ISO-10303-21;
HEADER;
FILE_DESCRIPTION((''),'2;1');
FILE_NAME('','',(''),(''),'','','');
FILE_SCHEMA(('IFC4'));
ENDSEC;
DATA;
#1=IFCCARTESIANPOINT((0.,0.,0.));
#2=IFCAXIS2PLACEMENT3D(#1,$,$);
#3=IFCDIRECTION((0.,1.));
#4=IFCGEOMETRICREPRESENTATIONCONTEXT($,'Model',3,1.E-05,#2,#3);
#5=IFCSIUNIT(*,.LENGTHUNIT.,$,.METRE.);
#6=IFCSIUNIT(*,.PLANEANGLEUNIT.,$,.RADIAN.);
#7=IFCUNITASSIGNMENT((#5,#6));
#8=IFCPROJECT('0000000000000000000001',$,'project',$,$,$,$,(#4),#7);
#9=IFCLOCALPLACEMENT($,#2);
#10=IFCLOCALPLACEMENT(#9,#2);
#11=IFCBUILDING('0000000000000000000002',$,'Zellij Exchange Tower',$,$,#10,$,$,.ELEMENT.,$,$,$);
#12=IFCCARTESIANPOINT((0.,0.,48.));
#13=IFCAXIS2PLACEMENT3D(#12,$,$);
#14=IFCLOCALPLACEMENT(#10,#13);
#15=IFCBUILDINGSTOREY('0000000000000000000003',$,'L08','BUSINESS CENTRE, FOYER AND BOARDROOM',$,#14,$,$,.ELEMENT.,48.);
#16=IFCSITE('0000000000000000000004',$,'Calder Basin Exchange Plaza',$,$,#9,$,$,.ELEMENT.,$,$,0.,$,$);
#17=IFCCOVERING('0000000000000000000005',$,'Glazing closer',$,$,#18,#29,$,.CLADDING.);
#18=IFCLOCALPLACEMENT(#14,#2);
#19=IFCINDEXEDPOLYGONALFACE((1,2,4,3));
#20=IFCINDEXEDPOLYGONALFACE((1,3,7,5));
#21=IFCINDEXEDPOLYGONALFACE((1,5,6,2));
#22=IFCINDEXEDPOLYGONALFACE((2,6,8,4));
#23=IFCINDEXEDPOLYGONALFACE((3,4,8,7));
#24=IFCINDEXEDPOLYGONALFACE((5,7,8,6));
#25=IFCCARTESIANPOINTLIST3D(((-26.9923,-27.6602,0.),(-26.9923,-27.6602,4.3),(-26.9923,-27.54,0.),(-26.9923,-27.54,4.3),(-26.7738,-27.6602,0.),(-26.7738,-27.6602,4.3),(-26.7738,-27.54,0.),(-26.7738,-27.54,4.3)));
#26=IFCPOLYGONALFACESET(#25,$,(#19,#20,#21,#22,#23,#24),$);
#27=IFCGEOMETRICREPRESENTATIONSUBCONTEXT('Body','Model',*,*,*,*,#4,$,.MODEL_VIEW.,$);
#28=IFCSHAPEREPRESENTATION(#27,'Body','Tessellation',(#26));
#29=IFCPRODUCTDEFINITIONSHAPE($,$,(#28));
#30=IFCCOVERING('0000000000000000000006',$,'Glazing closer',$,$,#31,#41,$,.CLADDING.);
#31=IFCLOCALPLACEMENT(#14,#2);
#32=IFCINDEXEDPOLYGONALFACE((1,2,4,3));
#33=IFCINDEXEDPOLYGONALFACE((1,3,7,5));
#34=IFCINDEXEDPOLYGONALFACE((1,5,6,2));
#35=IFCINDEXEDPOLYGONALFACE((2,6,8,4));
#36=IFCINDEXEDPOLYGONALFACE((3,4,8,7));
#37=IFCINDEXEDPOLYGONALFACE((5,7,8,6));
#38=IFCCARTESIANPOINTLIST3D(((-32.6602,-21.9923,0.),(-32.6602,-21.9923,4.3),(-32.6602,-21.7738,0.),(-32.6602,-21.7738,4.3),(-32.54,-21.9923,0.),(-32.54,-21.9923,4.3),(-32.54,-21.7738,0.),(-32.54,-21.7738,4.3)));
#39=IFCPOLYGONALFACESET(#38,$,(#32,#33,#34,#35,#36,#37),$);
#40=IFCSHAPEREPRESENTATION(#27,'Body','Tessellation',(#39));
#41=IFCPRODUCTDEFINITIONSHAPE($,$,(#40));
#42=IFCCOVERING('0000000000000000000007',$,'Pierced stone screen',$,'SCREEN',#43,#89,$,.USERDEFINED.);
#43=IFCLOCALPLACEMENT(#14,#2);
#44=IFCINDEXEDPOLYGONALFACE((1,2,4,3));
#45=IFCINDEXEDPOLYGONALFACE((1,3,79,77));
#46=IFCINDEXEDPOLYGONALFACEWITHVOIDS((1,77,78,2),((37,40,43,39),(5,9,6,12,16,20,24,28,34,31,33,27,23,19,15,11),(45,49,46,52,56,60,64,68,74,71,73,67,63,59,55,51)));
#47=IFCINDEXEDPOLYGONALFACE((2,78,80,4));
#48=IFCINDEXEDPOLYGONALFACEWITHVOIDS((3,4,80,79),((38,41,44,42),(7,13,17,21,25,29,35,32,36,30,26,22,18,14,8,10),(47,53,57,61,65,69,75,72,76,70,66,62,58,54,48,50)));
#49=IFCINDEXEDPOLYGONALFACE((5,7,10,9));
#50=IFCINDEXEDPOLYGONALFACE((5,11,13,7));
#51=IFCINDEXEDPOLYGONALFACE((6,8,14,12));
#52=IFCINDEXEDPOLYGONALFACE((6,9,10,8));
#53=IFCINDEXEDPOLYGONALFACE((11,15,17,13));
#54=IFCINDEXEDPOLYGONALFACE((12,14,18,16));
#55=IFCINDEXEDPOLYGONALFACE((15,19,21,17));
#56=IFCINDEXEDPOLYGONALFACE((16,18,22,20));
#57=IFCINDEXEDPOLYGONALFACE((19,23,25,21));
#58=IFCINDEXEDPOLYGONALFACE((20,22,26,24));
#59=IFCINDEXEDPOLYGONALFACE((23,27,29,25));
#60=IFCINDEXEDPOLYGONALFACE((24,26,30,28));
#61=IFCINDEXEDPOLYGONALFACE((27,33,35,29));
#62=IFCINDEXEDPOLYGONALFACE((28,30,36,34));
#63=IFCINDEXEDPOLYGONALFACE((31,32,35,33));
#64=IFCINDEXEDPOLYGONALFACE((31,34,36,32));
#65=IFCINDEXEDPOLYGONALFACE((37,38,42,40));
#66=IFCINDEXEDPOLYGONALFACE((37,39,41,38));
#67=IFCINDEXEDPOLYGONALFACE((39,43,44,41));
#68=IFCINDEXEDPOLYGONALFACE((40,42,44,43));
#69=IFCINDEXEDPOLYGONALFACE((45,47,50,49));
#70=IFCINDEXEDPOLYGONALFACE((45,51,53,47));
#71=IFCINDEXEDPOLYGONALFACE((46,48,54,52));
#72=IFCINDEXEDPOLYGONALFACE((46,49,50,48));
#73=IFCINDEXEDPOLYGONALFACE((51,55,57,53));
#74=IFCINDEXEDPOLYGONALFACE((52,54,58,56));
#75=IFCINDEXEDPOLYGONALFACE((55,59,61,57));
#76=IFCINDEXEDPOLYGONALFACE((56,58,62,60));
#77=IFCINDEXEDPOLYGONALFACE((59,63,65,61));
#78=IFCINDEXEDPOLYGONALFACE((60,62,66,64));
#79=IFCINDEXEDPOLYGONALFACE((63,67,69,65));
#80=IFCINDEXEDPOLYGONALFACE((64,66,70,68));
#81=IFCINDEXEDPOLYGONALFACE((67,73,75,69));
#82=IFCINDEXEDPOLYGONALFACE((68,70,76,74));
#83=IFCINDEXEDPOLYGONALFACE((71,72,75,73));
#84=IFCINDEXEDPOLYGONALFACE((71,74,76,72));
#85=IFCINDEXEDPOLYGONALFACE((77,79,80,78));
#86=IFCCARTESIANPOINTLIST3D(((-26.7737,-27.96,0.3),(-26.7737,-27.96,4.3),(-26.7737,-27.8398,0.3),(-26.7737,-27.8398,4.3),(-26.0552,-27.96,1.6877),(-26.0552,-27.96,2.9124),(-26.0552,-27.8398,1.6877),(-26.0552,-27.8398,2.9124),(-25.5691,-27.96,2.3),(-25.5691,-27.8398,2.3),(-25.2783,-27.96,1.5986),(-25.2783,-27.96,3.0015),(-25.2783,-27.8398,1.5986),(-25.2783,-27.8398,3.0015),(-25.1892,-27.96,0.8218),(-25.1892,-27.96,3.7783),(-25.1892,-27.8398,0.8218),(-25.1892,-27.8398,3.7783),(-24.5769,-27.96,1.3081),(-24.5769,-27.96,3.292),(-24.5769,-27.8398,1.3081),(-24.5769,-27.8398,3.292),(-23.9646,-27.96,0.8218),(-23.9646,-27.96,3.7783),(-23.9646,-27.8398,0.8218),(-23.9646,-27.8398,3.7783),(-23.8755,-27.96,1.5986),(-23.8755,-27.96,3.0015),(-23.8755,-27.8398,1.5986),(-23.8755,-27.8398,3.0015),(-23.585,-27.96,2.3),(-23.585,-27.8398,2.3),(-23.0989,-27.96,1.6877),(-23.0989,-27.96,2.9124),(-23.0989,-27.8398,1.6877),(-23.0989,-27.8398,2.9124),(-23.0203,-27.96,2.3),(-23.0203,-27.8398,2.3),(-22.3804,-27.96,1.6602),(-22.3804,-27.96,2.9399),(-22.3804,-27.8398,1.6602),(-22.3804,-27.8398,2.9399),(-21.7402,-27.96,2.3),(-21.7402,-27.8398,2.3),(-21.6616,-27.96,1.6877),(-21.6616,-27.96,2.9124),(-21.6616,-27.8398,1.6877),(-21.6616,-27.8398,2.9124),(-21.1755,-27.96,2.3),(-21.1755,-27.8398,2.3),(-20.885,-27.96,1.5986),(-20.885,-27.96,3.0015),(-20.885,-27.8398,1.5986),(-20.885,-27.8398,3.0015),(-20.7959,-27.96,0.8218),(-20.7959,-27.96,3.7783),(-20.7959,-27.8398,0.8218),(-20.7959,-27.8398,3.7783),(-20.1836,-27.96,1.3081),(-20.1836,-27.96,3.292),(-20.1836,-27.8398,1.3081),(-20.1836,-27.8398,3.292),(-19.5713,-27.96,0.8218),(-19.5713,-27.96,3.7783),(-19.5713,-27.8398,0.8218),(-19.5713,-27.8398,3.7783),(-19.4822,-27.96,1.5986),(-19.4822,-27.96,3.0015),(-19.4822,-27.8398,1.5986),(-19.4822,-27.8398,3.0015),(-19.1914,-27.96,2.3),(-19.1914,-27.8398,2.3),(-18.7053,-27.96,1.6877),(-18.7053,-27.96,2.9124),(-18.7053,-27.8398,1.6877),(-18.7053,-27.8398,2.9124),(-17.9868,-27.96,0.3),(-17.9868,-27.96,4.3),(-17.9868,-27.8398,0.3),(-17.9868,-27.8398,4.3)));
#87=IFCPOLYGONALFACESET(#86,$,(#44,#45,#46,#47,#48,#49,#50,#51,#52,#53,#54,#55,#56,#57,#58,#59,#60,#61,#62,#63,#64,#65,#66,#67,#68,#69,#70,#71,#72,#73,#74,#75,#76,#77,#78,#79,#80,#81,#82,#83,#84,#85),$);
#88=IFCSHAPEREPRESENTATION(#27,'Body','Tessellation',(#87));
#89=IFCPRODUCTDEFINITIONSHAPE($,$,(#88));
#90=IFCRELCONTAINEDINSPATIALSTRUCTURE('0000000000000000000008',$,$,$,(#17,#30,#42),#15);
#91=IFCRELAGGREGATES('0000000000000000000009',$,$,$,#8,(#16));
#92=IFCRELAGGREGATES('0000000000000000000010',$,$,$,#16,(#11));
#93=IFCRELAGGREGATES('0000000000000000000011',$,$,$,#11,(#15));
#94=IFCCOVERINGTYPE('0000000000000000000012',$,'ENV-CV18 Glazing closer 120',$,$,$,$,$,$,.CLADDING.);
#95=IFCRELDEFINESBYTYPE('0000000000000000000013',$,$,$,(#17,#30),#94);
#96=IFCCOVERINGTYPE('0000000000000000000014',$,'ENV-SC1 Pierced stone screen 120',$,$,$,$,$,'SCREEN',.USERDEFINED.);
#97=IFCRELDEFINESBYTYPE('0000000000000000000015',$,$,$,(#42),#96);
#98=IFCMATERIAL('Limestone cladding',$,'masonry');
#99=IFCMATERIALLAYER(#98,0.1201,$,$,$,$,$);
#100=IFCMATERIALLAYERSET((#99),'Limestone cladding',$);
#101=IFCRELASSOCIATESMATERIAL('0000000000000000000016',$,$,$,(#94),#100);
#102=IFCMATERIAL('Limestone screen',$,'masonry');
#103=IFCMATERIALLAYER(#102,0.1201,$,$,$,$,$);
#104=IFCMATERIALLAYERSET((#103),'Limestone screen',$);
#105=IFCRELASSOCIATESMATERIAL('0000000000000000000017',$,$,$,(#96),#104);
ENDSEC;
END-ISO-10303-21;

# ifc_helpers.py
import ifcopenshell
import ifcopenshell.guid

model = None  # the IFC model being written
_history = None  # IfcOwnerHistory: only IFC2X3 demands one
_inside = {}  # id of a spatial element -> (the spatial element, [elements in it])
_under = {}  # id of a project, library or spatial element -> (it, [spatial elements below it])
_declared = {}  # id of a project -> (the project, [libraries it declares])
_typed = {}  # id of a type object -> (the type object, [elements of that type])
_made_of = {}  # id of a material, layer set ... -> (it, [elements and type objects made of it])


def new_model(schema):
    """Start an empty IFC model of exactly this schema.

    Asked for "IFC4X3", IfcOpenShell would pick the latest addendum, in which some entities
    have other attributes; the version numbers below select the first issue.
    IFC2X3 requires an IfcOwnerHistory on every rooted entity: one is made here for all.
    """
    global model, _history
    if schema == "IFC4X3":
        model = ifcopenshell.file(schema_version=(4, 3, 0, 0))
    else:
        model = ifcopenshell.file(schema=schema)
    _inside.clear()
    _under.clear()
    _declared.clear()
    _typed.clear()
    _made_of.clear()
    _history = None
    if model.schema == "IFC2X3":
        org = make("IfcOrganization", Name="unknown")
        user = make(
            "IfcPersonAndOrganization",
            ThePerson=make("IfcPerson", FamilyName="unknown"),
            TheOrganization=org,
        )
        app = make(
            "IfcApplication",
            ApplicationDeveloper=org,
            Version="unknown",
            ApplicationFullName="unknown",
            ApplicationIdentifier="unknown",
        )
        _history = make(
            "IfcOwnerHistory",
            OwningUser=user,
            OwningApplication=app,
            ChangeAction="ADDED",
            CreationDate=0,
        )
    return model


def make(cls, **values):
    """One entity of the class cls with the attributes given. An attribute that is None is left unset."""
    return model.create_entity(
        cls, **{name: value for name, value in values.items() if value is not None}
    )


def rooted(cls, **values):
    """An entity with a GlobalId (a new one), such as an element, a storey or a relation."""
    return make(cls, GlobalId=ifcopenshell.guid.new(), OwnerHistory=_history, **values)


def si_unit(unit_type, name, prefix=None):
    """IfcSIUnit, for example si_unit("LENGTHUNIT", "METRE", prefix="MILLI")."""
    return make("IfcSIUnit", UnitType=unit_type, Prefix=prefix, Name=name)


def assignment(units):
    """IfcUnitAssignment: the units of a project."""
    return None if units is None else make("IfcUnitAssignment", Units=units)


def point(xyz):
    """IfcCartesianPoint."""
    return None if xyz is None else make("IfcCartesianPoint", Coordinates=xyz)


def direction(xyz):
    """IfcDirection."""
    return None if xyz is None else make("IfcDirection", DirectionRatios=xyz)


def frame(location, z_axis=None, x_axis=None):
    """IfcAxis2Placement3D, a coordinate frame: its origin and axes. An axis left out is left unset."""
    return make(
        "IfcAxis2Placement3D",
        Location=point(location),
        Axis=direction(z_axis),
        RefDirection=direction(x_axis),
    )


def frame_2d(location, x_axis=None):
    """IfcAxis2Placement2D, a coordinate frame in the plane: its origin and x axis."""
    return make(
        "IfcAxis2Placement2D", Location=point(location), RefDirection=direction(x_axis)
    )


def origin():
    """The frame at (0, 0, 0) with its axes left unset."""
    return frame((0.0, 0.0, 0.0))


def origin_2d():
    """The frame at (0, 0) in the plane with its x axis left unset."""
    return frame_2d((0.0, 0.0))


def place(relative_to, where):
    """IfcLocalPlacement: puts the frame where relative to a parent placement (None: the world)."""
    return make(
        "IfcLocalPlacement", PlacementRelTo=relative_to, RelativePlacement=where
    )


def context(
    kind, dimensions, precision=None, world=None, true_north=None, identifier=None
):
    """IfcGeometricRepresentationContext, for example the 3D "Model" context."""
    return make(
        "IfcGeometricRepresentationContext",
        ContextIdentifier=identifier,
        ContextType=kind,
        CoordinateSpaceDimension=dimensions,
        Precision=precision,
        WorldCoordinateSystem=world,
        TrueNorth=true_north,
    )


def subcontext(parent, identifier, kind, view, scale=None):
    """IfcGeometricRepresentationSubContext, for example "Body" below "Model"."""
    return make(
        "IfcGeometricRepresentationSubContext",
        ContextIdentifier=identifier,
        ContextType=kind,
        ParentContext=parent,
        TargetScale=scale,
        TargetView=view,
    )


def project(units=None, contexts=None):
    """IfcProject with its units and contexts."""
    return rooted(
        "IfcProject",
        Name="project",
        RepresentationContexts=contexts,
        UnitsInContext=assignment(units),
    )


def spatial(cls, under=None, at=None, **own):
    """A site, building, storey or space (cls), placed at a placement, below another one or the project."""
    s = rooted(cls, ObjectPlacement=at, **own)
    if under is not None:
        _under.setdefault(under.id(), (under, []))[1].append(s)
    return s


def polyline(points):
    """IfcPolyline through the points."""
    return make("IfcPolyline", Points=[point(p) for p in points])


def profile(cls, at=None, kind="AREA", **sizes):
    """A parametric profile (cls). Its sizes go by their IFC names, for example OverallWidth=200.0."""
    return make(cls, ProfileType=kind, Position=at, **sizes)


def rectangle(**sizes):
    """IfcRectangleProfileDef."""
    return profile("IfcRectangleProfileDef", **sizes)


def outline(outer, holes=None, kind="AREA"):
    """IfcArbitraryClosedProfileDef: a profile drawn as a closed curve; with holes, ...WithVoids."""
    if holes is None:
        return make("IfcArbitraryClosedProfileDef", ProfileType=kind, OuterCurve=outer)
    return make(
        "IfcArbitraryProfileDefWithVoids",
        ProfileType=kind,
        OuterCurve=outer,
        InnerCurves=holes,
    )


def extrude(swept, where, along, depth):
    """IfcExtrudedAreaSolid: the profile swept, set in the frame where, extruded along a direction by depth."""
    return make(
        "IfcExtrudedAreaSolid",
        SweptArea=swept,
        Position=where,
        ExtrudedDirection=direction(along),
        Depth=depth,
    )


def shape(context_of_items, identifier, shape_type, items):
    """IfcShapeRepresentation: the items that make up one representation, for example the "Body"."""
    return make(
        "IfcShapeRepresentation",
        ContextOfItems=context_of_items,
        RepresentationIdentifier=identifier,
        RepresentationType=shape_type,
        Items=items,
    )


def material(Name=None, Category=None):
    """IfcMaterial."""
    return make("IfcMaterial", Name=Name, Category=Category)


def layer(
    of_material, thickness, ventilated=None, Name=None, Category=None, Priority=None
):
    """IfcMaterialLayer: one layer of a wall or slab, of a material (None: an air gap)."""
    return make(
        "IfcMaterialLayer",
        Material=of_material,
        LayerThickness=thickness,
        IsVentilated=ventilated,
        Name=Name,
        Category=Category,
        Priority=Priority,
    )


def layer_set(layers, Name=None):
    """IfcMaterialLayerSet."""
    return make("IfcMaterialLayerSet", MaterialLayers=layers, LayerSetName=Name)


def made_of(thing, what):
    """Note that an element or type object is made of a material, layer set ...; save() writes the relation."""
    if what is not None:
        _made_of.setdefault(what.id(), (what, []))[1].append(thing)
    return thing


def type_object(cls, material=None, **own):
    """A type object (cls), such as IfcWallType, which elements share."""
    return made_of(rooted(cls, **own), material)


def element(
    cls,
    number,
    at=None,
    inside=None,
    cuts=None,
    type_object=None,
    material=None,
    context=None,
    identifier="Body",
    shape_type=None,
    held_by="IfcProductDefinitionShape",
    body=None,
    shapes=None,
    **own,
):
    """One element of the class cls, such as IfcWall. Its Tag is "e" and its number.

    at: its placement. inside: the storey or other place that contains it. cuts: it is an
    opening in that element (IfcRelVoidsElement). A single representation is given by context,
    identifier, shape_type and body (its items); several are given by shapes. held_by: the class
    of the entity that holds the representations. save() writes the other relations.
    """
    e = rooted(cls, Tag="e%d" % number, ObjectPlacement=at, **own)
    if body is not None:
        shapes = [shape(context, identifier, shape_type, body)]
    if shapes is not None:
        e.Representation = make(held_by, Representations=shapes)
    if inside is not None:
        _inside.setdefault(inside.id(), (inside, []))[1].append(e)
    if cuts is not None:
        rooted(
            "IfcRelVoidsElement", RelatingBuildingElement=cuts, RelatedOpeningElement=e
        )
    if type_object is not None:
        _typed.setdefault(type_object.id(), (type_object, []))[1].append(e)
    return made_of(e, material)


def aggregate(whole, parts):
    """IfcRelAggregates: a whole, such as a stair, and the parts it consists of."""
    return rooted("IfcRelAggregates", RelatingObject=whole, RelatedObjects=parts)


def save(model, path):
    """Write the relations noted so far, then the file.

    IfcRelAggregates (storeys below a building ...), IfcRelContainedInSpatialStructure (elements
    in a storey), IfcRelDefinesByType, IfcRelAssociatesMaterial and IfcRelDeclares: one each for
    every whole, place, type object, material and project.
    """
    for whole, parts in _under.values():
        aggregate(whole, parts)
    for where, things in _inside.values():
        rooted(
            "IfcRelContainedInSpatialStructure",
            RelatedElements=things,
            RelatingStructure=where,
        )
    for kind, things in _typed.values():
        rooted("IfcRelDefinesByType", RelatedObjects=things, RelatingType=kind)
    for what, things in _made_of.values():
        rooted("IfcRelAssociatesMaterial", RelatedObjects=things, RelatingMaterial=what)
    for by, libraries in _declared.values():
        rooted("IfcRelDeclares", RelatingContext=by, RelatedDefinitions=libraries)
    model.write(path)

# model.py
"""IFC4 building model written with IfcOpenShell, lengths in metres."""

from ifc_helpers import new_model, si_unit, direction, frame, origin, origin_2d, place, context, subcontext, project, spatial, polyline, rectangle, outline, extrude, material, layer, layer_set, type_object, element, save


model = new_model("IFC4")

# Units and contexts
model_context = context("Model", 3, precision=1e-05, world=origin(), true_north=direction((0.0, 1.0)))
body_context = subcontext(model_context, "Body", "Model", "MODEL_VIEW")
ifc_project = project(units=[si_unit("LENGTHUNIT", "METRE"), si_unit("PLANEANGLEUNIT", "RADIAN")], contexts=[model_context])

# Site, building, storey
site_placement = place(None, origin())
site = spatial("IfcSite", under=ifc_project, at=site_placement, Name="Calder Basin Exchange Plaza", CompositionType="ELEMENT", RefElevation=0.0)
building_placement = place(site_placement, origin())
building = spatial("IfcBuilding", under=site, at=building_placement, Name="Zellij Exchange Tower", CompositionType="ELEMENT")
storey_placement = place(building_placement, frame((0.0, 0.0, 48.0)))
storey = spatial("IfcBuildingStorey", under=building, at=storey_placement, Name="L08", Description="BUSINESS CENTRE, FOYER AND BOARDROOM", CompositionType="ELEMENT", Elevation=48.0)

# Coverings
ifc_material_1 = material(Name="Limestone cladding", Category="masonry")
ifc_layer_1 = layer(ifc_material_1, 0.1201)
ifc_layer_set_1 = layer_set([ifc_layer_1], Name="Limestone cladding")
covering_type_1 = type_object("IfcCoveringType", Name="ENV-CV18 Glazing closer 120", PredefinedType="CLADDING", material=ifc_layer_set_1)
for number, where, z_axis, x_axis, name in (
    (1, (-26.8831, -27.6001, 0.0), (0.0, 0.0, 1.0), (-1.0, 0.0, 0.0), "Glazing closer"),
    (2, (-32.6001, -21.8831, 0.0), (0.0, 0.0, 1.0), (0.0, -1.0, 0.0), "Glazing closer"),
):
    element("IfcCovering", number, at=place(storey_placement, frame(where, z_axis=z_axis, x_axis=x_axis)), inside=storey, type_object=covering_type_1, Name=name, PredefinedType="CLADDING", context=body_context, shape_type="SweptSolid", body=[
        extrude(rectangle(XDim=0.2185, YDim=0.1201, at=origin_2d()), origin(), (0.0, 0.0, 1.0), 4.3),
    ])
ifc_material_2 = material(Name="Limestone screen", Category="masonry")
ifc_layer_2 = layer(ifc_material_2, 0.1201)
ifc_layer_set_2 = layer_set([ifc_layer_2], Name="Limestone screen")
covering_type_2 = type_object("IfcCoveringType", Name="ENV-SC1 Pierced stone screen 120", ElementType="SCREEN", PredefinedType="USERDEFINED", material=ifc_layer_set_2)
covering_placement = place(storey_placement, frame((-26.7737, -27.8999, 0.3), z_axis=(0.0, 0.0, 1.0), x_axis=(1.0, 0.0, 0.0)))
element("IfcCovering", 3, at=covering_placement, inside=storey, type_object=covering_type_2, Name="Pierced stone screen", ObjectType="SCREEN", PredefinedType="USERDEFINED", context=body_context, shape_type="SweptSolid", body=[
    extrude(outline(polyline([(0.0, 0.0), (8.7869, 0.0), (8.7869, 4.0), (0.0, 4.0), (0.0, 0.0)]), holes=[polyline([(3.6748, 2.6123), (2.8982, 2.7014), (2.8091, 3.4783), (2.1968, 2.9919), (1.5845, 3.4783), (1.4954, 2.7014), (0.7185, 2.6123), (1.2046, 2.0), (0.7185, 1.3877), (1.4954, 1.2986), (1.5845, 0.5217), (2.1968, 1.0081), (2.8091, 0.5217), (2.8982, 1.2986), (3.6748, 1.3877), (3.1887, 2.0), (3.6748, 2.6123)]), polyline([(8.0684, 2.6123), (7.2915, 2.7014), (7.2024, 3.4783), (6.5901, 2.9919), (5.9778, 3.4783), (5.8887, 2.7014), (5.1121, 2.6123), (5.5981, 2.0), (5.1121, 1.3877), (5.8887, 1.2986), (5.9778, 0.5217), (6.5901, 1.0081), (7.2024, 0.5217), (7.2915, 1.2986), (8.0684, 1.3877), (7.5823, 2.0), (8.0684, 2.6123)]), polyline([(5.0334, 2.0), (4.3933, 2.6399), (3.7534, 2.0), (4.3933, 1.3601), (5.0334, 2.0)])]), frame((0.0, 0.0601, 0.0), z_axis=(0.0, -1.0, 0.0), x_axis=(1.0, 0.0, 0.0)), (0.0, 0.0, 1.0), 0.1201),
])

save(model, "model.ifc")
